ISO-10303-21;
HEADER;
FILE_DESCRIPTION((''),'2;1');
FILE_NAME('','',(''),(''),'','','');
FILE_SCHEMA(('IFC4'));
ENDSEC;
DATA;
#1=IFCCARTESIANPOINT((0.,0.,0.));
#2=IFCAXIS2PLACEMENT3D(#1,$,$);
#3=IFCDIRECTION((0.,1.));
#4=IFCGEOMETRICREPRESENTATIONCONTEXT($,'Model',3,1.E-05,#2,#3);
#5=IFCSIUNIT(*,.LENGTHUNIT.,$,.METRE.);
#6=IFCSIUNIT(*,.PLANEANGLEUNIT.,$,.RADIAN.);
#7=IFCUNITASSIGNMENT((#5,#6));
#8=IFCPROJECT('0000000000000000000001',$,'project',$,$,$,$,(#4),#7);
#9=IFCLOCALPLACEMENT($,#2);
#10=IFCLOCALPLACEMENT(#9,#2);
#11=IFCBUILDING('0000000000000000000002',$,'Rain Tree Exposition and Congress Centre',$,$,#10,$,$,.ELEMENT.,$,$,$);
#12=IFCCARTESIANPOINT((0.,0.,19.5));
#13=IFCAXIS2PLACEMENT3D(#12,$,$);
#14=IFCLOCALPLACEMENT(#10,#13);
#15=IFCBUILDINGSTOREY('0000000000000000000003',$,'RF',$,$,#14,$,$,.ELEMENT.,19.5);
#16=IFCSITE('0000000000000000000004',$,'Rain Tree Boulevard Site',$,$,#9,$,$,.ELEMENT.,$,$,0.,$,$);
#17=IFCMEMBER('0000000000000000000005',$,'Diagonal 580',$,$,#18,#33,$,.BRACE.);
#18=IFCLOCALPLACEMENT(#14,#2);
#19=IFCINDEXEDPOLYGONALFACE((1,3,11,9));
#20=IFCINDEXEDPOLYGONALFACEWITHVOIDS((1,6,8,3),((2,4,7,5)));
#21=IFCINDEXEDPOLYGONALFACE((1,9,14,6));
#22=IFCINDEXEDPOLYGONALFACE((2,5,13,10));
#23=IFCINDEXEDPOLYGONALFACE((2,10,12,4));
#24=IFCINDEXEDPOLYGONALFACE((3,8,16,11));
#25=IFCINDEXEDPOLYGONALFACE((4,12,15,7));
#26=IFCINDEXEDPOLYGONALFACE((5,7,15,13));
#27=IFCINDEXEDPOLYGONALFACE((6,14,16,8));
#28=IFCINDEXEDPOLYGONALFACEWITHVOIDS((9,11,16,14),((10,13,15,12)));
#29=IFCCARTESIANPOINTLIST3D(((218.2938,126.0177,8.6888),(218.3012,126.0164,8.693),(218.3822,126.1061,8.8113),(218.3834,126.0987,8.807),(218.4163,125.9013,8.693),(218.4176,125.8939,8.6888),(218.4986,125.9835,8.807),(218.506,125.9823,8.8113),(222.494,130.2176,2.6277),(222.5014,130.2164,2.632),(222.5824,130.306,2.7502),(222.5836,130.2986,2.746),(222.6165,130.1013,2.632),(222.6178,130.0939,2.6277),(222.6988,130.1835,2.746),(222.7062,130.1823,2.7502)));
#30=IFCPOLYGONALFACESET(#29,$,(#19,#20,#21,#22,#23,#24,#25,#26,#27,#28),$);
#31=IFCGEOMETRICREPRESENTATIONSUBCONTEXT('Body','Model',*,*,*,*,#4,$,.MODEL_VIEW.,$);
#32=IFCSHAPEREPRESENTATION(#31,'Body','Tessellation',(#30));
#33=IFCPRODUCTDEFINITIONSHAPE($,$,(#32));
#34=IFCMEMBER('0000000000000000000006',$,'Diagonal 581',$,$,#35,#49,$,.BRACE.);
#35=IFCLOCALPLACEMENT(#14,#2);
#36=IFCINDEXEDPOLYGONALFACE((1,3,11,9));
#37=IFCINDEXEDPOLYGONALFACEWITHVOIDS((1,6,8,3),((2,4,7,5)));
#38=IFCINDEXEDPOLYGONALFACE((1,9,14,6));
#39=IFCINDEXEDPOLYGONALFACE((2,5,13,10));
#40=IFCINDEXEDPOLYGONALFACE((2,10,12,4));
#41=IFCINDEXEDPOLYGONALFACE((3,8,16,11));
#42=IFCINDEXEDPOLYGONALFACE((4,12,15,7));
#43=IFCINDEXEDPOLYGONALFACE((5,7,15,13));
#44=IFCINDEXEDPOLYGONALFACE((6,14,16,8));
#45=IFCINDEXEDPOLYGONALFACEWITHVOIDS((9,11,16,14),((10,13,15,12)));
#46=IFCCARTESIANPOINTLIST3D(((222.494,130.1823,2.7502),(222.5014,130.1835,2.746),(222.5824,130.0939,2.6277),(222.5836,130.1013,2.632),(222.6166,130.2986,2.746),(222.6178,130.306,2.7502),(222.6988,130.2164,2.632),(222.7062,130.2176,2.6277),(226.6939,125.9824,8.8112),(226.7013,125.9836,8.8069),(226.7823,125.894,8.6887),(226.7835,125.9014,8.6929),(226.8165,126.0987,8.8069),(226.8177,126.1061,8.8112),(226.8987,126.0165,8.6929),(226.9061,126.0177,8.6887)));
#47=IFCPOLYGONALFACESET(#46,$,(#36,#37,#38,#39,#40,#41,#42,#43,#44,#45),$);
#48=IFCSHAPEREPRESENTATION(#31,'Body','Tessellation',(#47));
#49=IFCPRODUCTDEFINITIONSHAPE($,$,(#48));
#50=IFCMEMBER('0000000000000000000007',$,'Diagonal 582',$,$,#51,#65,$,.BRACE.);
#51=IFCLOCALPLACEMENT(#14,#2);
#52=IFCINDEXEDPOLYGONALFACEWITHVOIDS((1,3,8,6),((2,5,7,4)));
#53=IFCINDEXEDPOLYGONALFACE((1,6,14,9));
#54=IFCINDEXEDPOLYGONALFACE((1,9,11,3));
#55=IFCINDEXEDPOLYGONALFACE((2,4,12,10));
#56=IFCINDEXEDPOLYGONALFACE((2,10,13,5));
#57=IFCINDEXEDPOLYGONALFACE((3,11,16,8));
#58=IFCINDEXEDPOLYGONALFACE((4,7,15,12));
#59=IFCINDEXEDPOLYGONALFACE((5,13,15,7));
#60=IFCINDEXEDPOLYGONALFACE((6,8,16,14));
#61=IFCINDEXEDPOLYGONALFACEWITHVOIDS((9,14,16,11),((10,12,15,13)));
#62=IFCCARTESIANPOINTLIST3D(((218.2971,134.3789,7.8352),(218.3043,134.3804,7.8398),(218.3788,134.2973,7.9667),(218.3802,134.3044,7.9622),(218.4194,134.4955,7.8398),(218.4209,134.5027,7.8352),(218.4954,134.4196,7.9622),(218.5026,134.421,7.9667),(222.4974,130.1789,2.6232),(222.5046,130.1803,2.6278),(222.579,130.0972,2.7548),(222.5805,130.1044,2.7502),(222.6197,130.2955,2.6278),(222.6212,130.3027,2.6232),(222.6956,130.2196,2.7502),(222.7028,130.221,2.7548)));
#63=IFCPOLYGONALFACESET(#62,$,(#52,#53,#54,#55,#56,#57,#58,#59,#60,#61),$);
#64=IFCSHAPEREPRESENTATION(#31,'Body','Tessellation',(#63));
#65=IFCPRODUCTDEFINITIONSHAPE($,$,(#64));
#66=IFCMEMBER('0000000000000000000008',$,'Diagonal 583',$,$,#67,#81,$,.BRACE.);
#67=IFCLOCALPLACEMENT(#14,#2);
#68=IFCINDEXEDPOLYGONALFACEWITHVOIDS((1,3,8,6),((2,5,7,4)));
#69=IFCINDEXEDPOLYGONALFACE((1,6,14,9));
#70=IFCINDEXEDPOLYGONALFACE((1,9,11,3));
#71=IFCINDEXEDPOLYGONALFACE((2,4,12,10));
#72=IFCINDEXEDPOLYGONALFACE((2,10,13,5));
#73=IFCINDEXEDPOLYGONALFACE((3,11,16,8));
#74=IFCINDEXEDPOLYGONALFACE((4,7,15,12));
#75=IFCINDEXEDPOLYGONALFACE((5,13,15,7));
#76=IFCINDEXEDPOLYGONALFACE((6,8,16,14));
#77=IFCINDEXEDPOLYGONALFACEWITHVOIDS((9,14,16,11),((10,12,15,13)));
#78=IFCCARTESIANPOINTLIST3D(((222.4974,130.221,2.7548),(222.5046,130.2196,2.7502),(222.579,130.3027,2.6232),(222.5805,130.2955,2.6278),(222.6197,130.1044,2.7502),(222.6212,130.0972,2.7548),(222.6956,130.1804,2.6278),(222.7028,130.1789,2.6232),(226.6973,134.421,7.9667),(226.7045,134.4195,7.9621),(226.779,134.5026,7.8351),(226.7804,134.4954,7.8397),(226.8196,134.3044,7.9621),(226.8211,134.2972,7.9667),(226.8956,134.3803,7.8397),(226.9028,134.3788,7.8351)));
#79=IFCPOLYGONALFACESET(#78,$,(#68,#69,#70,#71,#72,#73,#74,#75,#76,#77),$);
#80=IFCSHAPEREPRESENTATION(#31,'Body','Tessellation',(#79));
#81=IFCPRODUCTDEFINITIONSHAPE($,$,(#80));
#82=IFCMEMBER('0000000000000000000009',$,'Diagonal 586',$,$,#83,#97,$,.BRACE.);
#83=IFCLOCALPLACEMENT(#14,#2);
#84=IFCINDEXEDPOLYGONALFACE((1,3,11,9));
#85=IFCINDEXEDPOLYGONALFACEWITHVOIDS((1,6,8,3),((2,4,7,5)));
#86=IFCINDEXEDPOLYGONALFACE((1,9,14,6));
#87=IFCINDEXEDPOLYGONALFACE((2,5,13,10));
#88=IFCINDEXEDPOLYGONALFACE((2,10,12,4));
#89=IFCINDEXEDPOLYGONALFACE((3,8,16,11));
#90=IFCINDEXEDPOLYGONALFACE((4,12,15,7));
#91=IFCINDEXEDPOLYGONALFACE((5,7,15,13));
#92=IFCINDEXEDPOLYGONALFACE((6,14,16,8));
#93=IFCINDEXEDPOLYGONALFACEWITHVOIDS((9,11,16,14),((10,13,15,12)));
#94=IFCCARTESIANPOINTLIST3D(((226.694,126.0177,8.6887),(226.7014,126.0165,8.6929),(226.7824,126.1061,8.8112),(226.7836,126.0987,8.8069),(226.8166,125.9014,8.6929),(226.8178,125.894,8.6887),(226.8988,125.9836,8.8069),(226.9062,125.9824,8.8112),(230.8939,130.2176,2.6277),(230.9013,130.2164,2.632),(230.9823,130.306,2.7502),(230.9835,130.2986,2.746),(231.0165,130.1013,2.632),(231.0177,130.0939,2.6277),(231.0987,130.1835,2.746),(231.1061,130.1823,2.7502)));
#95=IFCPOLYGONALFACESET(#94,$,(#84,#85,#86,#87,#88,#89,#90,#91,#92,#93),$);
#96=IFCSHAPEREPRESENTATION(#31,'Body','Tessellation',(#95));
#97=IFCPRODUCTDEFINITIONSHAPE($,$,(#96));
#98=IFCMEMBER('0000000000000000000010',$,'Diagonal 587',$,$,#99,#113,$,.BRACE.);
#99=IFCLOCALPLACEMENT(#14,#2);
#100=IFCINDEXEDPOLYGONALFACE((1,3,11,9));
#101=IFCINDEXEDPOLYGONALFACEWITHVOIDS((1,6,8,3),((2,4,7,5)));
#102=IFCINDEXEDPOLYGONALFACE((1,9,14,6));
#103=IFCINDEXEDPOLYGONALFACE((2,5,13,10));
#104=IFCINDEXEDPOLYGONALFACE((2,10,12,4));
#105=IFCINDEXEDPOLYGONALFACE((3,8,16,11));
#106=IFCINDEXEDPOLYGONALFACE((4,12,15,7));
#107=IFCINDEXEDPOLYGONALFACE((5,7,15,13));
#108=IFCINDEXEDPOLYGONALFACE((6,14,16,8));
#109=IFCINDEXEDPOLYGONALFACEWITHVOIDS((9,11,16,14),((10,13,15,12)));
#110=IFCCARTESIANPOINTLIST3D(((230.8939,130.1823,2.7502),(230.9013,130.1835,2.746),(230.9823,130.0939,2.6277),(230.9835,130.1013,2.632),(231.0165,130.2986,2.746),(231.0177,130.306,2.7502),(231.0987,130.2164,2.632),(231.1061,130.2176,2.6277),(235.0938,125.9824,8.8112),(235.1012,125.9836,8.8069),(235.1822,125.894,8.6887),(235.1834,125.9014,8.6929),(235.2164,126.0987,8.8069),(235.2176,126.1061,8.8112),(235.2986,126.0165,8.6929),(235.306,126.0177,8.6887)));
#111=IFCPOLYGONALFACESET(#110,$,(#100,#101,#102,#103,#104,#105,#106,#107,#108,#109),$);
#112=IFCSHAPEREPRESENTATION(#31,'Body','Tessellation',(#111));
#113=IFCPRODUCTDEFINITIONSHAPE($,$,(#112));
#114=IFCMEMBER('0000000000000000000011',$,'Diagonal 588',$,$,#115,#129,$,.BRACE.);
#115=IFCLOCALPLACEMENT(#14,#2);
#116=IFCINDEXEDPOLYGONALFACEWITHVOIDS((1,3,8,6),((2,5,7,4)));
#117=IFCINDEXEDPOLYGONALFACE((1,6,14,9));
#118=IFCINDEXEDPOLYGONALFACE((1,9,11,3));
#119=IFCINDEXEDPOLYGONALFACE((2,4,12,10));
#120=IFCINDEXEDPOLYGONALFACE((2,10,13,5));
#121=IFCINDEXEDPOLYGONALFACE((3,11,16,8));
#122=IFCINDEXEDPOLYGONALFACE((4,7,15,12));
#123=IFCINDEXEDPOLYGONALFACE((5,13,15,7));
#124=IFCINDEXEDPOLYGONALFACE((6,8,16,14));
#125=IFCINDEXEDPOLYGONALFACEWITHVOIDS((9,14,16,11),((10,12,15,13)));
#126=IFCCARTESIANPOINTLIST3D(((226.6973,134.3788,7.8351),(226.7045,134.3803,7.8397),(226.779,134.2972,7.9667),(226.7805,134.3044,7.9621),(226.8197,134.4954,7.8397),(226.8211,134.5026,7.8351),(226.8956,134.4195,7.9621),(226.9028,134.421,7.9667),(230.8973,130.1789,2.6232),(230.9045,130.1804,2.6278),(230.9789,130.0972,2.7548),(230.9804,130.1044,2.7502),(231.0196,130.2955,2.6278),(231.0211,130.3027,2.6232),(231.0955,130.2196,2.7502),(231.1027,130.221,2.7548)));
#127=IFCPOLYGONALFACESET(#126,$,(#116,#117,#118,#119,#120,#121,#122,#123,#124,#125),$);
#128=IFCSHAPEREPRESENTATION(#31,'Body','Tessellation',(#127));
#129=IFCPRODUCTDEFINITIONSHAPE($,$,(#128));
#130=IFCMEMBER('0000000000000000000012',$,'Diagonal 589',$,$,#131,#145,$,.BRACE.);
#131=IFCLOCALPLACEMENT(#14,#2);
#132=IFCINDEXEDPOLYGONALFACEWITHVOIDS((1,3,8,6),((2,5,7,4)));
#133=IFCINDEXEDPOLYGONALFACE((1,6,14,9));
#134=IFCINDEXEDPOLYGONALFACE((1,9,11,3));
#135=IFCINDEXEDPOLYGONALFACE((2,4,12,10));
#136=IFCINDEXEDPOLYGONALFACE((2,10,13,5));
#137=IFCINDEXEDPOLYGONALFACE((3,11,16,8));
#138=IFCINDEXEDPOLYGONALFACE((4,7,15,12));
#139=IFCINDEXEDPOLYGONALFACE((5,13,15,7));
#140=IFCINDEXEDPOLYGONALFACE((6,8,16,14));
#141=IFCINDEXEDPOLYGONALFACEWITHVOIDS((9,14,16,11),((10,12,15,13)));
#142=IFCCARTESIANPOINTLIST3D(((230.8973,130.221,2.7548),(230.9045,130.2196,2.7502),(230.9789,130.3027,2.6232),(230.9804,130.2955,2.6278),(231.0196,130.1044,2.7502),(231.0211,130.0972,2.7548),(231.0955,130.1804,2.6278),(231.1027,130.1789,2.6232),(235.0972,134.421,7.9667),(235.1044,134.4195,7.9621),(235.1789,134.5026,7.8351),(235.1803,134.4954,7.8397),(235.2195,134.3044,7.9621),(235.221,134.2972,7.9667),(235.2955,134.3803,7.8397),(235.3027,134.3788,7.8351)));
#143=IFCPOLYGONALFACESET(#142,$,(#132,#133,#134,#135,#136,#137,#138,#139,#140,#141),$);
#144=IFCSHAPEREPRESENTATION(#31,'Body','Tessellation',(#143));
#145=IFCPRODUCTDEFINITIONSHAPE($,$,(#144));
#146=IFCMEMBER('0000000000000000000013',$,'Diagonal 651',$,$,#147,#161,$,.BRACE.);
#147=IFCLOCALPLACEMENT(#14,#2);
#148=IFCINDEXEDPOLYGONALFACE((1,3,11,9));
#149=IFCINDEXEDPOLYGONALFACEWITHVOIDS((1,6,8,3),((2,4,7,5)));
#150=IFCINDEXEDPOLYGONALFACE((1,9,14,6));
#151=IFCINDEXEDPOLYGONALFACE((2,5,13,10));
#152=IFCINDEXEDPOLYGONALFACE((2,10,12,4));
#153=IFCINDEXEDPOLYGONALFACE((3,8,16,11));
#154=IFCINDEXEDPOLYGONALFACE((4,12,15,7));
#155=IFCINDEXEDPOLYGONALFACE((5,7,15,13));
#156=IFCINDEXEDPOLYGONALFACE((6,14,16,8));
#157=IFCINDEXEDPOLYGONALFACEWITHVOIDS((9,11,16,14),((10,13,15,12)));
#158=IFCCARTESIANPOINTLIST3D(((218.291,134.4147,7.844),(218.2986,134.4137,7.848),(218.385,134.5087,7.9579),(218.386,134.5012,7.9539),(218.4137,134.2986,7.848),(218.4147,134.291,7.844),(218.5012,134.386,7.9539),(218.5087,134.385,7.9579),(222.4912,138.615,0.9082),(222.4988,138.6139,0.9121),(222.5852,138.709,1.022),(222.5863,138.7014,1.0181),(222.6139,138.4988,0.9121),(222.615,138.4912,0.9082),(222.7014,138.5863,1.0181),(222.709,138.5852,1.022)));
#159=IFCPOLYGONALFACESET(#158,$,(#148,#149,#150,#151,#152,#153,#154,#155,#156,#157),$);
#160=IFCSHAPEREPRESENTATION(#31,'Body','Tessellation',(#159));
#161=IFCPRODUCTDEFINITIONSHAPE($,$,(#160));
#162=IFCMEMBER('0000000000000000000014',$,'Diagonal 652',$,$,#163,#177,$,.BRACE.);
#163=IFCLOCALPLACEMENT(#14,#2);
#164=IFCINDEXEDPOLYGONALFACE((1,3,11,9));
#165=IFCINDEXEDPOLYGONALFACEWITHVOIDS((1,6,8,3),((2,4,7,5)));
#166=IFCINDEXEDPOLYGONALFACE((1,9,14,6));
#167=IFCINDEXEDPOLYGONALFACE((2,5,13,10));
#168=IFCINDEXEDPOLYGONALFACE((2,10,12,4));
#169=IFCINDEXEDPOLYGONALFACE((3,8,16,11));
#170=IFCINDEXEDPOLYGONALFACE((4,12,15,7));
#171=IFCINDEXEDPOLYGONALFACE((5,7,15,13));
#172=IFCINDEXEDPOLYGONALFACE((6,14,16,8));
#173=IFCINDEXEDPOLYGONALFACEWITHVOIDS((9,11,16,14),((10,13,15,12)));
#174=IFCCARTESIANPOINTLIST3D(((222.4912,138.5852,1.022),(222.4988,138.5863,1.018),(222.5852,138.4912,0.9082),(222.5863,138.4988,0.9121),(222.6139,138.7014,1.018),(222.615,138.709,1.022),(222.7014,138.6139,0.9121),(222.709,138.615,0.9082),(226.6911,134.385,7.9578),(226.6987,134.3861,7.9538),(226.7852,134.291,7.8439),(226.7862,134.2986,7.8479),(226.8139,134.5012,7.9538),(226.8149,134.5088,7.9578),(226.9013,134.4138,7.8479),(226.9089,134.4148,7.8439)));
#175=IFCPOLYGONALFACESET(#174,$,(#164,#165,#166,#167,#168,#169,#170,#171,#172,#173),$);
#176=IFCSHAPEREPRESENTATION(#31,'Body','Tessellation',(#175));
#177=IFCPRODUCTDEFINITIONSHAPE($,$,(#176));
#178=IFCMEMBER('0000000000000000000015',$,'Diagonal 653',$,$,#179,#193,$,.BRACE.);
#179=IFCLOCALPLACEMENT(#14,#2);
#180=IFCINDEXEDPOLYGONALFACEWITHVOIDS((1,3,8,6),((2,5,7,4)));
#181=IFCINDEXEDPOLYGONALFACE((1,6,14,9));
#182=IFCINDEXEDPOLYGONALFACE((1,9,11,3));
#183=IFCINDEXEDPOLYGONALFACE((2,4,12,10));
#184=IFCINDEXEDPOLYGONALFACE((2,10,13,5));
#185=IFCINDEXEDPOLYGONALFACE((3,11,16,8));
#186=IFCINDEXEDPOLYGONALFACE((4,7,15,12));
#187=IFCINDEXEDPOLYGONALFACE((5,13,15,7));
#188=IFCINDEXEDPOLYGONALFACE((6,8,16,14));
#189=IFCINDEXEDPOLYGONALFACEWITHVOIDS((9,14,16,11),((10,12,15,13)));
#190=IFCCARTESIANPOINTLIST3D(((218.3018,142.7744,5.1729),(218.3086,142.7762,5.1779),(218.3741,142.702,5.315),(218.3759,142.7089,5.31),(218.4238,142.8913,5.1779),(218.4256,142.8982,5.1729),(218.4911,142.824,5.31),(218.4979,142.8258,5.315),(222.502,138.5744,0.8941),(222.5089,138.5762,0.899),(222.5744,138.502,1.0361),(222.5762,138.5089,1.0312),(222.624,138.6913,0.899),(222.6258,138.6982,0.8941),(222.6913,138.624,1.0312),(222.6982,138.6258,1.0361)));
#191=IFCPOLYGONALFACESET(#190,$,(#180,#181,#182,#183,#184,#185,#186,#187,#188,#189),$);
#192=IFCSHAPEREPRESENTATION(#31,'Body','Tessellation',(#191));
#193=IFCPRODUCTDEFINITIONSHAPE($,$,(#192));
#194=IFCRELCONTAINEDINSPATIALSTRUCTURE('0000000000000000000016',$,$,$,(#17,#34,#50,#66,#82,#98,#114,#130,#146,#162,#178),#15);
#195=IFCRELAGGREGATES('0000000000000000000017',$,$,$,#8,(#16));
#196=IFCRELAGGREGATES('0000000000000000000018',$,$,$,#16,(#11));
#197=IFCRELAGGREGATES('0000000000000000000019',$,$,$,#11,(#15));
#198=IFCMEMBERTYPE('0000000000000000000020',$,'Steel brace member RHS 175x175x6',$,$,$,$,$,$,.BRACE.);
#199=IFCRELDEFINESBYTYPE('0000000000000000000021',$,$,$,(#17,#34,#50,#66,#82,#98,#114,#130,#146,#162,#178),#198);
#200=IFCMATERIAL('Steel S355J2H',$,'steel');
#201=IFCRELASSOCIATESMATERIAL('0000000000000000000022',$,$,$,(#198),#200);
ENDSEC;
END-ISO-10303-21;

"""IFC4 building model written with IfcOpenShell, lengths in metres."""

from ifc_helpers import new_model, si_unit, direction, frame, origin, origin_2d, place, context, subcontext, project, spatial, hollow_rectangle, extrude, material, material_profile, profile_set, type_object, element, save


model = new_model("IFC4")

# Units and contexts
model_context = context("Model", 3, precision=1e-05, world=origin(), true_north=direction((0.0, 1.0)))
body_context = subcontext(model_context, "Body", "Model", "MODEL_VIEW")
ifc_project = project(units=[si_unit("LENGTHUNIT", "METRE"), si_unit("PLANEANGLEUNIT", "RADIAN")], contexts=[model_context])

# Site, building, storey
site_placement = place(None, origin())
site = spatial("IfcSite", under=ifc_project, at=site_placement, Name="Rain Tree Boulevard Site", CompositionType="ELEMENT", RefElevation=0.0)
building_placement = place(site_placement, origin())
building = spatial("IfcBuilding", under=site, at=building_placement, Name="Rain Tree Exposition and Congress Centre", CompositionType="ELEMENT")
storey_placement = place(building_placement, frame((0.0, 0.0, 19.5)))
storey = spatial("IfcBuildingStorey", under=building, at=storey_placement, Name="RF", CompositionType="ELEMENT", Elevation=19.5)

# Members
ifc_material_1 = material(Name="Steel S355J2H", Category="steel")
ifc_material_profile_1 = material_profile(ifc_material_1, hollow_rectangle(XDim=0.175, YDim=0.175, WallThickness=0.0061, at=origin_2d()), Name="RHS 175x175x6")
ifc_profile_set_1 = profile_set([ifc_material_profile_1], Name="Steel S355J2H")
member_type_1 = type_object("IfcMemberType", Name="Steel brace member RHS 175x175x6", PredefinedType="BRACE", material=ifc_profile_set_1)
member_1_placement = place(storey_placement, frame((222.6001, 130.2, 2.689), z_axis=(-0.494938, -0.494909, 0.714214), x_axis=(0.707086, -0.707127, 0.0)))
element("IfcMember", 1, at=member_1_placement, inside=storey, type_object=member_type_1, Name="Diagonal 580", PredefinedType="BRACE", context=body_context, shape_type="SweptSolid", body=[
    extrude(hollow_rectangle(XDim=0.175, YDim=0.175, WallThickness=0.0061, at=origin_2d()), origin(), (0.0, 0.0, 1.0), 8.4863),
])
member_2_placement = place(storey_placement, frame((222.6001, 130.2, 2.689), z_axis=(0.494916, -0.494916, 0.714224), x_axis=(0.707107, 0.707107, 0.0)))
element("IfcMember", 2, at=member_2_placement, inside=storey, type_object=member_type_1, Name="Diagonal 581", PredefinedType="BRACE", context=body_context, shape_type="SweptSolid", body=[
    extrude(hollow_rectangle(XDim=0.175, YDim=0.175, WallThickness=0.0061, at=origin_2d()), origin(), (0.0, 0.0, 1.0), 8.4861),
])
member_3_placement = place(storey_placement, frame((222.6001, 130.2, 2.689), z_axis=(-0.53152, 0.531489, 0.65955), x_axis=(-0.707086, -0.707127, 0.0)))
element("IfcMember", 3, at=member_3_placement, inside=storey, type_object=member_type_1, Name="Diagonal 582", PredefinedType="BRACE", context=body_context, shape_type="SweptSolid", body=[
    extrude(hollow_rectangle(XDim=0.175, YDim=0.175, WallThickness=0.0061, at=origin_2d()), origin(), (0.0, 0.0, 1.0), 7.9023),
])
member_4_placement = place(storey_placement, frame((222.6001, 130.2, 2.689), z_axis=(0.531498, 0.531498, 0.65956), x_axis=(-0.707107, 0.707107, 0.0)))
element("IfcMember", 4, at=member_4_placement, inside=storey, type_object=member_type_1, Name="Diagonal 583", PredefinedType="BRACE", context=body_context, shape_type="SweptSolid", body=[
    extrude(hollow_rectangle(XDim=0.175, YDim=0.175, WallThickness=0.0061, at=origin_2d()), origin(), (0.0, 0.0, 1.0), 7.9021),
])
for number, where, z_axis, x_axis, name in (
    (5, (231.0, 130.2, 2.689), (-0.494916, -0.494916, 0.714224), (0.707107, -0.707107, 0.0), "Diagonal 586"),
    (6, (231.0, 130.2, 2.689), (0.494916, -0.494916, 0.714224), (0.707107, 0.707107, 0.0), "Diagonal 587"),
):
    element("IfcMember", number, at=place(storey_placement, frame(where, z_axis=z_axis, x_axis=x_axis)), inside=storey, type_object=member_type_1, Name=name, PredefinedType="BRACE", context=body_context, shape_type="SweptSolid", body=[
        extrude(hollow_rectangle(XDim=0.175, YDim=0.175, WallThickness=0.0061, at=origin_2d()), origin(), (0.0, 0.0, 1.0), 8.4861),
    ])
for number, where, z_axis, x_axis, name in (
    (7, (231.0, 130.2, 2.689), (-0.531498, 0.531498, 0.65956), (-0.707107, -0.707107, 0.0), "Diagonal 588"),
    (8, (231.0, 130.2, 2.689), (0.531498, 0.531498, 0.65956), (-0.707107, 0.707107, 0.0), "Diagonal 589"),
):
    element("IfcMember", number, at=place(storey_placement, frame(where, z_axis=z_axis, x_axis=x_axis)), inside=storey, type_object=member_type_1, Name=name, PredefinedType="BRACE", context=body_context, shape_type="SweptSolid", body=[
        extrude(hollow_rectangle(XDim=0.175, YDim=0.175, WallThickness=0.0061, at=origin_2d()), origin(), (0.0, 0.0, 1.0), 7.9021),
    ])
member_5_placement = place(storey_placement, frame((222.6001, 138.6001, 0.9651), z_axis=(-0.459956, -0.459956, 0.759527), x_axis=(0.707107, -0.707107, 0.0)))
element("IfcMember", 9, at=member_5_placement, inside=storey, type_object=member_type_1, Name="Diagonal 651", PredefinedType="BRACE", context=body_context, shape_type="SweptSolid", body=[
    extrude(hollow_rectangle(XDim=0.175, YDim=0.175, WallThickness=0.0061, at=origin_2d()), origin(), (0.0, 0.0, 1.0), 9.1318),
])
member_6_placement = place(storey_placement, frame((222.6001, 138.6001, 0.9651), z_axis=(0.459935, -0.459962, 0.759536), x_axis=(0.707127, 0.707086, 0.0)))
element("IfcMember", 10, at=member_6_placement, inside=storey, type_object=member_type_1, Name="Diagonal 652", PredefinedType="BRACE", context=body_context, shape_type="SweptSolid", body=[
    extrude(hollow_rectangle(XDim=0.175, YDim=0.175, WallThickness=0.0061, at=origin_2d()), origin(), (0.0, 0.0, 1.0), 9.1316),
])
member_7_placement = place(storey_placement, frame((222.6001, 138.6001, 0.9651), z_axis=(-0.57376, 0.573726, 0.584498), x_axis=(-0.707086, -0.707127, 0.0)))
element("IfcMember", 11, at=member_7_placement, inside=storey, type_object=member_type_1, Name="Diagonal 653", PredefinedType="BRACE", context=body_context, shape_type="SweptSolid", body=[
    extrude(hollow_rectangle(XDim=0.175, YDim=0.175, WallThickness=0.0061, at=origin_2d()), origin(), (0.0, 0.0, 1.0), 7.3206),
])

save(model, "model.ifc")
